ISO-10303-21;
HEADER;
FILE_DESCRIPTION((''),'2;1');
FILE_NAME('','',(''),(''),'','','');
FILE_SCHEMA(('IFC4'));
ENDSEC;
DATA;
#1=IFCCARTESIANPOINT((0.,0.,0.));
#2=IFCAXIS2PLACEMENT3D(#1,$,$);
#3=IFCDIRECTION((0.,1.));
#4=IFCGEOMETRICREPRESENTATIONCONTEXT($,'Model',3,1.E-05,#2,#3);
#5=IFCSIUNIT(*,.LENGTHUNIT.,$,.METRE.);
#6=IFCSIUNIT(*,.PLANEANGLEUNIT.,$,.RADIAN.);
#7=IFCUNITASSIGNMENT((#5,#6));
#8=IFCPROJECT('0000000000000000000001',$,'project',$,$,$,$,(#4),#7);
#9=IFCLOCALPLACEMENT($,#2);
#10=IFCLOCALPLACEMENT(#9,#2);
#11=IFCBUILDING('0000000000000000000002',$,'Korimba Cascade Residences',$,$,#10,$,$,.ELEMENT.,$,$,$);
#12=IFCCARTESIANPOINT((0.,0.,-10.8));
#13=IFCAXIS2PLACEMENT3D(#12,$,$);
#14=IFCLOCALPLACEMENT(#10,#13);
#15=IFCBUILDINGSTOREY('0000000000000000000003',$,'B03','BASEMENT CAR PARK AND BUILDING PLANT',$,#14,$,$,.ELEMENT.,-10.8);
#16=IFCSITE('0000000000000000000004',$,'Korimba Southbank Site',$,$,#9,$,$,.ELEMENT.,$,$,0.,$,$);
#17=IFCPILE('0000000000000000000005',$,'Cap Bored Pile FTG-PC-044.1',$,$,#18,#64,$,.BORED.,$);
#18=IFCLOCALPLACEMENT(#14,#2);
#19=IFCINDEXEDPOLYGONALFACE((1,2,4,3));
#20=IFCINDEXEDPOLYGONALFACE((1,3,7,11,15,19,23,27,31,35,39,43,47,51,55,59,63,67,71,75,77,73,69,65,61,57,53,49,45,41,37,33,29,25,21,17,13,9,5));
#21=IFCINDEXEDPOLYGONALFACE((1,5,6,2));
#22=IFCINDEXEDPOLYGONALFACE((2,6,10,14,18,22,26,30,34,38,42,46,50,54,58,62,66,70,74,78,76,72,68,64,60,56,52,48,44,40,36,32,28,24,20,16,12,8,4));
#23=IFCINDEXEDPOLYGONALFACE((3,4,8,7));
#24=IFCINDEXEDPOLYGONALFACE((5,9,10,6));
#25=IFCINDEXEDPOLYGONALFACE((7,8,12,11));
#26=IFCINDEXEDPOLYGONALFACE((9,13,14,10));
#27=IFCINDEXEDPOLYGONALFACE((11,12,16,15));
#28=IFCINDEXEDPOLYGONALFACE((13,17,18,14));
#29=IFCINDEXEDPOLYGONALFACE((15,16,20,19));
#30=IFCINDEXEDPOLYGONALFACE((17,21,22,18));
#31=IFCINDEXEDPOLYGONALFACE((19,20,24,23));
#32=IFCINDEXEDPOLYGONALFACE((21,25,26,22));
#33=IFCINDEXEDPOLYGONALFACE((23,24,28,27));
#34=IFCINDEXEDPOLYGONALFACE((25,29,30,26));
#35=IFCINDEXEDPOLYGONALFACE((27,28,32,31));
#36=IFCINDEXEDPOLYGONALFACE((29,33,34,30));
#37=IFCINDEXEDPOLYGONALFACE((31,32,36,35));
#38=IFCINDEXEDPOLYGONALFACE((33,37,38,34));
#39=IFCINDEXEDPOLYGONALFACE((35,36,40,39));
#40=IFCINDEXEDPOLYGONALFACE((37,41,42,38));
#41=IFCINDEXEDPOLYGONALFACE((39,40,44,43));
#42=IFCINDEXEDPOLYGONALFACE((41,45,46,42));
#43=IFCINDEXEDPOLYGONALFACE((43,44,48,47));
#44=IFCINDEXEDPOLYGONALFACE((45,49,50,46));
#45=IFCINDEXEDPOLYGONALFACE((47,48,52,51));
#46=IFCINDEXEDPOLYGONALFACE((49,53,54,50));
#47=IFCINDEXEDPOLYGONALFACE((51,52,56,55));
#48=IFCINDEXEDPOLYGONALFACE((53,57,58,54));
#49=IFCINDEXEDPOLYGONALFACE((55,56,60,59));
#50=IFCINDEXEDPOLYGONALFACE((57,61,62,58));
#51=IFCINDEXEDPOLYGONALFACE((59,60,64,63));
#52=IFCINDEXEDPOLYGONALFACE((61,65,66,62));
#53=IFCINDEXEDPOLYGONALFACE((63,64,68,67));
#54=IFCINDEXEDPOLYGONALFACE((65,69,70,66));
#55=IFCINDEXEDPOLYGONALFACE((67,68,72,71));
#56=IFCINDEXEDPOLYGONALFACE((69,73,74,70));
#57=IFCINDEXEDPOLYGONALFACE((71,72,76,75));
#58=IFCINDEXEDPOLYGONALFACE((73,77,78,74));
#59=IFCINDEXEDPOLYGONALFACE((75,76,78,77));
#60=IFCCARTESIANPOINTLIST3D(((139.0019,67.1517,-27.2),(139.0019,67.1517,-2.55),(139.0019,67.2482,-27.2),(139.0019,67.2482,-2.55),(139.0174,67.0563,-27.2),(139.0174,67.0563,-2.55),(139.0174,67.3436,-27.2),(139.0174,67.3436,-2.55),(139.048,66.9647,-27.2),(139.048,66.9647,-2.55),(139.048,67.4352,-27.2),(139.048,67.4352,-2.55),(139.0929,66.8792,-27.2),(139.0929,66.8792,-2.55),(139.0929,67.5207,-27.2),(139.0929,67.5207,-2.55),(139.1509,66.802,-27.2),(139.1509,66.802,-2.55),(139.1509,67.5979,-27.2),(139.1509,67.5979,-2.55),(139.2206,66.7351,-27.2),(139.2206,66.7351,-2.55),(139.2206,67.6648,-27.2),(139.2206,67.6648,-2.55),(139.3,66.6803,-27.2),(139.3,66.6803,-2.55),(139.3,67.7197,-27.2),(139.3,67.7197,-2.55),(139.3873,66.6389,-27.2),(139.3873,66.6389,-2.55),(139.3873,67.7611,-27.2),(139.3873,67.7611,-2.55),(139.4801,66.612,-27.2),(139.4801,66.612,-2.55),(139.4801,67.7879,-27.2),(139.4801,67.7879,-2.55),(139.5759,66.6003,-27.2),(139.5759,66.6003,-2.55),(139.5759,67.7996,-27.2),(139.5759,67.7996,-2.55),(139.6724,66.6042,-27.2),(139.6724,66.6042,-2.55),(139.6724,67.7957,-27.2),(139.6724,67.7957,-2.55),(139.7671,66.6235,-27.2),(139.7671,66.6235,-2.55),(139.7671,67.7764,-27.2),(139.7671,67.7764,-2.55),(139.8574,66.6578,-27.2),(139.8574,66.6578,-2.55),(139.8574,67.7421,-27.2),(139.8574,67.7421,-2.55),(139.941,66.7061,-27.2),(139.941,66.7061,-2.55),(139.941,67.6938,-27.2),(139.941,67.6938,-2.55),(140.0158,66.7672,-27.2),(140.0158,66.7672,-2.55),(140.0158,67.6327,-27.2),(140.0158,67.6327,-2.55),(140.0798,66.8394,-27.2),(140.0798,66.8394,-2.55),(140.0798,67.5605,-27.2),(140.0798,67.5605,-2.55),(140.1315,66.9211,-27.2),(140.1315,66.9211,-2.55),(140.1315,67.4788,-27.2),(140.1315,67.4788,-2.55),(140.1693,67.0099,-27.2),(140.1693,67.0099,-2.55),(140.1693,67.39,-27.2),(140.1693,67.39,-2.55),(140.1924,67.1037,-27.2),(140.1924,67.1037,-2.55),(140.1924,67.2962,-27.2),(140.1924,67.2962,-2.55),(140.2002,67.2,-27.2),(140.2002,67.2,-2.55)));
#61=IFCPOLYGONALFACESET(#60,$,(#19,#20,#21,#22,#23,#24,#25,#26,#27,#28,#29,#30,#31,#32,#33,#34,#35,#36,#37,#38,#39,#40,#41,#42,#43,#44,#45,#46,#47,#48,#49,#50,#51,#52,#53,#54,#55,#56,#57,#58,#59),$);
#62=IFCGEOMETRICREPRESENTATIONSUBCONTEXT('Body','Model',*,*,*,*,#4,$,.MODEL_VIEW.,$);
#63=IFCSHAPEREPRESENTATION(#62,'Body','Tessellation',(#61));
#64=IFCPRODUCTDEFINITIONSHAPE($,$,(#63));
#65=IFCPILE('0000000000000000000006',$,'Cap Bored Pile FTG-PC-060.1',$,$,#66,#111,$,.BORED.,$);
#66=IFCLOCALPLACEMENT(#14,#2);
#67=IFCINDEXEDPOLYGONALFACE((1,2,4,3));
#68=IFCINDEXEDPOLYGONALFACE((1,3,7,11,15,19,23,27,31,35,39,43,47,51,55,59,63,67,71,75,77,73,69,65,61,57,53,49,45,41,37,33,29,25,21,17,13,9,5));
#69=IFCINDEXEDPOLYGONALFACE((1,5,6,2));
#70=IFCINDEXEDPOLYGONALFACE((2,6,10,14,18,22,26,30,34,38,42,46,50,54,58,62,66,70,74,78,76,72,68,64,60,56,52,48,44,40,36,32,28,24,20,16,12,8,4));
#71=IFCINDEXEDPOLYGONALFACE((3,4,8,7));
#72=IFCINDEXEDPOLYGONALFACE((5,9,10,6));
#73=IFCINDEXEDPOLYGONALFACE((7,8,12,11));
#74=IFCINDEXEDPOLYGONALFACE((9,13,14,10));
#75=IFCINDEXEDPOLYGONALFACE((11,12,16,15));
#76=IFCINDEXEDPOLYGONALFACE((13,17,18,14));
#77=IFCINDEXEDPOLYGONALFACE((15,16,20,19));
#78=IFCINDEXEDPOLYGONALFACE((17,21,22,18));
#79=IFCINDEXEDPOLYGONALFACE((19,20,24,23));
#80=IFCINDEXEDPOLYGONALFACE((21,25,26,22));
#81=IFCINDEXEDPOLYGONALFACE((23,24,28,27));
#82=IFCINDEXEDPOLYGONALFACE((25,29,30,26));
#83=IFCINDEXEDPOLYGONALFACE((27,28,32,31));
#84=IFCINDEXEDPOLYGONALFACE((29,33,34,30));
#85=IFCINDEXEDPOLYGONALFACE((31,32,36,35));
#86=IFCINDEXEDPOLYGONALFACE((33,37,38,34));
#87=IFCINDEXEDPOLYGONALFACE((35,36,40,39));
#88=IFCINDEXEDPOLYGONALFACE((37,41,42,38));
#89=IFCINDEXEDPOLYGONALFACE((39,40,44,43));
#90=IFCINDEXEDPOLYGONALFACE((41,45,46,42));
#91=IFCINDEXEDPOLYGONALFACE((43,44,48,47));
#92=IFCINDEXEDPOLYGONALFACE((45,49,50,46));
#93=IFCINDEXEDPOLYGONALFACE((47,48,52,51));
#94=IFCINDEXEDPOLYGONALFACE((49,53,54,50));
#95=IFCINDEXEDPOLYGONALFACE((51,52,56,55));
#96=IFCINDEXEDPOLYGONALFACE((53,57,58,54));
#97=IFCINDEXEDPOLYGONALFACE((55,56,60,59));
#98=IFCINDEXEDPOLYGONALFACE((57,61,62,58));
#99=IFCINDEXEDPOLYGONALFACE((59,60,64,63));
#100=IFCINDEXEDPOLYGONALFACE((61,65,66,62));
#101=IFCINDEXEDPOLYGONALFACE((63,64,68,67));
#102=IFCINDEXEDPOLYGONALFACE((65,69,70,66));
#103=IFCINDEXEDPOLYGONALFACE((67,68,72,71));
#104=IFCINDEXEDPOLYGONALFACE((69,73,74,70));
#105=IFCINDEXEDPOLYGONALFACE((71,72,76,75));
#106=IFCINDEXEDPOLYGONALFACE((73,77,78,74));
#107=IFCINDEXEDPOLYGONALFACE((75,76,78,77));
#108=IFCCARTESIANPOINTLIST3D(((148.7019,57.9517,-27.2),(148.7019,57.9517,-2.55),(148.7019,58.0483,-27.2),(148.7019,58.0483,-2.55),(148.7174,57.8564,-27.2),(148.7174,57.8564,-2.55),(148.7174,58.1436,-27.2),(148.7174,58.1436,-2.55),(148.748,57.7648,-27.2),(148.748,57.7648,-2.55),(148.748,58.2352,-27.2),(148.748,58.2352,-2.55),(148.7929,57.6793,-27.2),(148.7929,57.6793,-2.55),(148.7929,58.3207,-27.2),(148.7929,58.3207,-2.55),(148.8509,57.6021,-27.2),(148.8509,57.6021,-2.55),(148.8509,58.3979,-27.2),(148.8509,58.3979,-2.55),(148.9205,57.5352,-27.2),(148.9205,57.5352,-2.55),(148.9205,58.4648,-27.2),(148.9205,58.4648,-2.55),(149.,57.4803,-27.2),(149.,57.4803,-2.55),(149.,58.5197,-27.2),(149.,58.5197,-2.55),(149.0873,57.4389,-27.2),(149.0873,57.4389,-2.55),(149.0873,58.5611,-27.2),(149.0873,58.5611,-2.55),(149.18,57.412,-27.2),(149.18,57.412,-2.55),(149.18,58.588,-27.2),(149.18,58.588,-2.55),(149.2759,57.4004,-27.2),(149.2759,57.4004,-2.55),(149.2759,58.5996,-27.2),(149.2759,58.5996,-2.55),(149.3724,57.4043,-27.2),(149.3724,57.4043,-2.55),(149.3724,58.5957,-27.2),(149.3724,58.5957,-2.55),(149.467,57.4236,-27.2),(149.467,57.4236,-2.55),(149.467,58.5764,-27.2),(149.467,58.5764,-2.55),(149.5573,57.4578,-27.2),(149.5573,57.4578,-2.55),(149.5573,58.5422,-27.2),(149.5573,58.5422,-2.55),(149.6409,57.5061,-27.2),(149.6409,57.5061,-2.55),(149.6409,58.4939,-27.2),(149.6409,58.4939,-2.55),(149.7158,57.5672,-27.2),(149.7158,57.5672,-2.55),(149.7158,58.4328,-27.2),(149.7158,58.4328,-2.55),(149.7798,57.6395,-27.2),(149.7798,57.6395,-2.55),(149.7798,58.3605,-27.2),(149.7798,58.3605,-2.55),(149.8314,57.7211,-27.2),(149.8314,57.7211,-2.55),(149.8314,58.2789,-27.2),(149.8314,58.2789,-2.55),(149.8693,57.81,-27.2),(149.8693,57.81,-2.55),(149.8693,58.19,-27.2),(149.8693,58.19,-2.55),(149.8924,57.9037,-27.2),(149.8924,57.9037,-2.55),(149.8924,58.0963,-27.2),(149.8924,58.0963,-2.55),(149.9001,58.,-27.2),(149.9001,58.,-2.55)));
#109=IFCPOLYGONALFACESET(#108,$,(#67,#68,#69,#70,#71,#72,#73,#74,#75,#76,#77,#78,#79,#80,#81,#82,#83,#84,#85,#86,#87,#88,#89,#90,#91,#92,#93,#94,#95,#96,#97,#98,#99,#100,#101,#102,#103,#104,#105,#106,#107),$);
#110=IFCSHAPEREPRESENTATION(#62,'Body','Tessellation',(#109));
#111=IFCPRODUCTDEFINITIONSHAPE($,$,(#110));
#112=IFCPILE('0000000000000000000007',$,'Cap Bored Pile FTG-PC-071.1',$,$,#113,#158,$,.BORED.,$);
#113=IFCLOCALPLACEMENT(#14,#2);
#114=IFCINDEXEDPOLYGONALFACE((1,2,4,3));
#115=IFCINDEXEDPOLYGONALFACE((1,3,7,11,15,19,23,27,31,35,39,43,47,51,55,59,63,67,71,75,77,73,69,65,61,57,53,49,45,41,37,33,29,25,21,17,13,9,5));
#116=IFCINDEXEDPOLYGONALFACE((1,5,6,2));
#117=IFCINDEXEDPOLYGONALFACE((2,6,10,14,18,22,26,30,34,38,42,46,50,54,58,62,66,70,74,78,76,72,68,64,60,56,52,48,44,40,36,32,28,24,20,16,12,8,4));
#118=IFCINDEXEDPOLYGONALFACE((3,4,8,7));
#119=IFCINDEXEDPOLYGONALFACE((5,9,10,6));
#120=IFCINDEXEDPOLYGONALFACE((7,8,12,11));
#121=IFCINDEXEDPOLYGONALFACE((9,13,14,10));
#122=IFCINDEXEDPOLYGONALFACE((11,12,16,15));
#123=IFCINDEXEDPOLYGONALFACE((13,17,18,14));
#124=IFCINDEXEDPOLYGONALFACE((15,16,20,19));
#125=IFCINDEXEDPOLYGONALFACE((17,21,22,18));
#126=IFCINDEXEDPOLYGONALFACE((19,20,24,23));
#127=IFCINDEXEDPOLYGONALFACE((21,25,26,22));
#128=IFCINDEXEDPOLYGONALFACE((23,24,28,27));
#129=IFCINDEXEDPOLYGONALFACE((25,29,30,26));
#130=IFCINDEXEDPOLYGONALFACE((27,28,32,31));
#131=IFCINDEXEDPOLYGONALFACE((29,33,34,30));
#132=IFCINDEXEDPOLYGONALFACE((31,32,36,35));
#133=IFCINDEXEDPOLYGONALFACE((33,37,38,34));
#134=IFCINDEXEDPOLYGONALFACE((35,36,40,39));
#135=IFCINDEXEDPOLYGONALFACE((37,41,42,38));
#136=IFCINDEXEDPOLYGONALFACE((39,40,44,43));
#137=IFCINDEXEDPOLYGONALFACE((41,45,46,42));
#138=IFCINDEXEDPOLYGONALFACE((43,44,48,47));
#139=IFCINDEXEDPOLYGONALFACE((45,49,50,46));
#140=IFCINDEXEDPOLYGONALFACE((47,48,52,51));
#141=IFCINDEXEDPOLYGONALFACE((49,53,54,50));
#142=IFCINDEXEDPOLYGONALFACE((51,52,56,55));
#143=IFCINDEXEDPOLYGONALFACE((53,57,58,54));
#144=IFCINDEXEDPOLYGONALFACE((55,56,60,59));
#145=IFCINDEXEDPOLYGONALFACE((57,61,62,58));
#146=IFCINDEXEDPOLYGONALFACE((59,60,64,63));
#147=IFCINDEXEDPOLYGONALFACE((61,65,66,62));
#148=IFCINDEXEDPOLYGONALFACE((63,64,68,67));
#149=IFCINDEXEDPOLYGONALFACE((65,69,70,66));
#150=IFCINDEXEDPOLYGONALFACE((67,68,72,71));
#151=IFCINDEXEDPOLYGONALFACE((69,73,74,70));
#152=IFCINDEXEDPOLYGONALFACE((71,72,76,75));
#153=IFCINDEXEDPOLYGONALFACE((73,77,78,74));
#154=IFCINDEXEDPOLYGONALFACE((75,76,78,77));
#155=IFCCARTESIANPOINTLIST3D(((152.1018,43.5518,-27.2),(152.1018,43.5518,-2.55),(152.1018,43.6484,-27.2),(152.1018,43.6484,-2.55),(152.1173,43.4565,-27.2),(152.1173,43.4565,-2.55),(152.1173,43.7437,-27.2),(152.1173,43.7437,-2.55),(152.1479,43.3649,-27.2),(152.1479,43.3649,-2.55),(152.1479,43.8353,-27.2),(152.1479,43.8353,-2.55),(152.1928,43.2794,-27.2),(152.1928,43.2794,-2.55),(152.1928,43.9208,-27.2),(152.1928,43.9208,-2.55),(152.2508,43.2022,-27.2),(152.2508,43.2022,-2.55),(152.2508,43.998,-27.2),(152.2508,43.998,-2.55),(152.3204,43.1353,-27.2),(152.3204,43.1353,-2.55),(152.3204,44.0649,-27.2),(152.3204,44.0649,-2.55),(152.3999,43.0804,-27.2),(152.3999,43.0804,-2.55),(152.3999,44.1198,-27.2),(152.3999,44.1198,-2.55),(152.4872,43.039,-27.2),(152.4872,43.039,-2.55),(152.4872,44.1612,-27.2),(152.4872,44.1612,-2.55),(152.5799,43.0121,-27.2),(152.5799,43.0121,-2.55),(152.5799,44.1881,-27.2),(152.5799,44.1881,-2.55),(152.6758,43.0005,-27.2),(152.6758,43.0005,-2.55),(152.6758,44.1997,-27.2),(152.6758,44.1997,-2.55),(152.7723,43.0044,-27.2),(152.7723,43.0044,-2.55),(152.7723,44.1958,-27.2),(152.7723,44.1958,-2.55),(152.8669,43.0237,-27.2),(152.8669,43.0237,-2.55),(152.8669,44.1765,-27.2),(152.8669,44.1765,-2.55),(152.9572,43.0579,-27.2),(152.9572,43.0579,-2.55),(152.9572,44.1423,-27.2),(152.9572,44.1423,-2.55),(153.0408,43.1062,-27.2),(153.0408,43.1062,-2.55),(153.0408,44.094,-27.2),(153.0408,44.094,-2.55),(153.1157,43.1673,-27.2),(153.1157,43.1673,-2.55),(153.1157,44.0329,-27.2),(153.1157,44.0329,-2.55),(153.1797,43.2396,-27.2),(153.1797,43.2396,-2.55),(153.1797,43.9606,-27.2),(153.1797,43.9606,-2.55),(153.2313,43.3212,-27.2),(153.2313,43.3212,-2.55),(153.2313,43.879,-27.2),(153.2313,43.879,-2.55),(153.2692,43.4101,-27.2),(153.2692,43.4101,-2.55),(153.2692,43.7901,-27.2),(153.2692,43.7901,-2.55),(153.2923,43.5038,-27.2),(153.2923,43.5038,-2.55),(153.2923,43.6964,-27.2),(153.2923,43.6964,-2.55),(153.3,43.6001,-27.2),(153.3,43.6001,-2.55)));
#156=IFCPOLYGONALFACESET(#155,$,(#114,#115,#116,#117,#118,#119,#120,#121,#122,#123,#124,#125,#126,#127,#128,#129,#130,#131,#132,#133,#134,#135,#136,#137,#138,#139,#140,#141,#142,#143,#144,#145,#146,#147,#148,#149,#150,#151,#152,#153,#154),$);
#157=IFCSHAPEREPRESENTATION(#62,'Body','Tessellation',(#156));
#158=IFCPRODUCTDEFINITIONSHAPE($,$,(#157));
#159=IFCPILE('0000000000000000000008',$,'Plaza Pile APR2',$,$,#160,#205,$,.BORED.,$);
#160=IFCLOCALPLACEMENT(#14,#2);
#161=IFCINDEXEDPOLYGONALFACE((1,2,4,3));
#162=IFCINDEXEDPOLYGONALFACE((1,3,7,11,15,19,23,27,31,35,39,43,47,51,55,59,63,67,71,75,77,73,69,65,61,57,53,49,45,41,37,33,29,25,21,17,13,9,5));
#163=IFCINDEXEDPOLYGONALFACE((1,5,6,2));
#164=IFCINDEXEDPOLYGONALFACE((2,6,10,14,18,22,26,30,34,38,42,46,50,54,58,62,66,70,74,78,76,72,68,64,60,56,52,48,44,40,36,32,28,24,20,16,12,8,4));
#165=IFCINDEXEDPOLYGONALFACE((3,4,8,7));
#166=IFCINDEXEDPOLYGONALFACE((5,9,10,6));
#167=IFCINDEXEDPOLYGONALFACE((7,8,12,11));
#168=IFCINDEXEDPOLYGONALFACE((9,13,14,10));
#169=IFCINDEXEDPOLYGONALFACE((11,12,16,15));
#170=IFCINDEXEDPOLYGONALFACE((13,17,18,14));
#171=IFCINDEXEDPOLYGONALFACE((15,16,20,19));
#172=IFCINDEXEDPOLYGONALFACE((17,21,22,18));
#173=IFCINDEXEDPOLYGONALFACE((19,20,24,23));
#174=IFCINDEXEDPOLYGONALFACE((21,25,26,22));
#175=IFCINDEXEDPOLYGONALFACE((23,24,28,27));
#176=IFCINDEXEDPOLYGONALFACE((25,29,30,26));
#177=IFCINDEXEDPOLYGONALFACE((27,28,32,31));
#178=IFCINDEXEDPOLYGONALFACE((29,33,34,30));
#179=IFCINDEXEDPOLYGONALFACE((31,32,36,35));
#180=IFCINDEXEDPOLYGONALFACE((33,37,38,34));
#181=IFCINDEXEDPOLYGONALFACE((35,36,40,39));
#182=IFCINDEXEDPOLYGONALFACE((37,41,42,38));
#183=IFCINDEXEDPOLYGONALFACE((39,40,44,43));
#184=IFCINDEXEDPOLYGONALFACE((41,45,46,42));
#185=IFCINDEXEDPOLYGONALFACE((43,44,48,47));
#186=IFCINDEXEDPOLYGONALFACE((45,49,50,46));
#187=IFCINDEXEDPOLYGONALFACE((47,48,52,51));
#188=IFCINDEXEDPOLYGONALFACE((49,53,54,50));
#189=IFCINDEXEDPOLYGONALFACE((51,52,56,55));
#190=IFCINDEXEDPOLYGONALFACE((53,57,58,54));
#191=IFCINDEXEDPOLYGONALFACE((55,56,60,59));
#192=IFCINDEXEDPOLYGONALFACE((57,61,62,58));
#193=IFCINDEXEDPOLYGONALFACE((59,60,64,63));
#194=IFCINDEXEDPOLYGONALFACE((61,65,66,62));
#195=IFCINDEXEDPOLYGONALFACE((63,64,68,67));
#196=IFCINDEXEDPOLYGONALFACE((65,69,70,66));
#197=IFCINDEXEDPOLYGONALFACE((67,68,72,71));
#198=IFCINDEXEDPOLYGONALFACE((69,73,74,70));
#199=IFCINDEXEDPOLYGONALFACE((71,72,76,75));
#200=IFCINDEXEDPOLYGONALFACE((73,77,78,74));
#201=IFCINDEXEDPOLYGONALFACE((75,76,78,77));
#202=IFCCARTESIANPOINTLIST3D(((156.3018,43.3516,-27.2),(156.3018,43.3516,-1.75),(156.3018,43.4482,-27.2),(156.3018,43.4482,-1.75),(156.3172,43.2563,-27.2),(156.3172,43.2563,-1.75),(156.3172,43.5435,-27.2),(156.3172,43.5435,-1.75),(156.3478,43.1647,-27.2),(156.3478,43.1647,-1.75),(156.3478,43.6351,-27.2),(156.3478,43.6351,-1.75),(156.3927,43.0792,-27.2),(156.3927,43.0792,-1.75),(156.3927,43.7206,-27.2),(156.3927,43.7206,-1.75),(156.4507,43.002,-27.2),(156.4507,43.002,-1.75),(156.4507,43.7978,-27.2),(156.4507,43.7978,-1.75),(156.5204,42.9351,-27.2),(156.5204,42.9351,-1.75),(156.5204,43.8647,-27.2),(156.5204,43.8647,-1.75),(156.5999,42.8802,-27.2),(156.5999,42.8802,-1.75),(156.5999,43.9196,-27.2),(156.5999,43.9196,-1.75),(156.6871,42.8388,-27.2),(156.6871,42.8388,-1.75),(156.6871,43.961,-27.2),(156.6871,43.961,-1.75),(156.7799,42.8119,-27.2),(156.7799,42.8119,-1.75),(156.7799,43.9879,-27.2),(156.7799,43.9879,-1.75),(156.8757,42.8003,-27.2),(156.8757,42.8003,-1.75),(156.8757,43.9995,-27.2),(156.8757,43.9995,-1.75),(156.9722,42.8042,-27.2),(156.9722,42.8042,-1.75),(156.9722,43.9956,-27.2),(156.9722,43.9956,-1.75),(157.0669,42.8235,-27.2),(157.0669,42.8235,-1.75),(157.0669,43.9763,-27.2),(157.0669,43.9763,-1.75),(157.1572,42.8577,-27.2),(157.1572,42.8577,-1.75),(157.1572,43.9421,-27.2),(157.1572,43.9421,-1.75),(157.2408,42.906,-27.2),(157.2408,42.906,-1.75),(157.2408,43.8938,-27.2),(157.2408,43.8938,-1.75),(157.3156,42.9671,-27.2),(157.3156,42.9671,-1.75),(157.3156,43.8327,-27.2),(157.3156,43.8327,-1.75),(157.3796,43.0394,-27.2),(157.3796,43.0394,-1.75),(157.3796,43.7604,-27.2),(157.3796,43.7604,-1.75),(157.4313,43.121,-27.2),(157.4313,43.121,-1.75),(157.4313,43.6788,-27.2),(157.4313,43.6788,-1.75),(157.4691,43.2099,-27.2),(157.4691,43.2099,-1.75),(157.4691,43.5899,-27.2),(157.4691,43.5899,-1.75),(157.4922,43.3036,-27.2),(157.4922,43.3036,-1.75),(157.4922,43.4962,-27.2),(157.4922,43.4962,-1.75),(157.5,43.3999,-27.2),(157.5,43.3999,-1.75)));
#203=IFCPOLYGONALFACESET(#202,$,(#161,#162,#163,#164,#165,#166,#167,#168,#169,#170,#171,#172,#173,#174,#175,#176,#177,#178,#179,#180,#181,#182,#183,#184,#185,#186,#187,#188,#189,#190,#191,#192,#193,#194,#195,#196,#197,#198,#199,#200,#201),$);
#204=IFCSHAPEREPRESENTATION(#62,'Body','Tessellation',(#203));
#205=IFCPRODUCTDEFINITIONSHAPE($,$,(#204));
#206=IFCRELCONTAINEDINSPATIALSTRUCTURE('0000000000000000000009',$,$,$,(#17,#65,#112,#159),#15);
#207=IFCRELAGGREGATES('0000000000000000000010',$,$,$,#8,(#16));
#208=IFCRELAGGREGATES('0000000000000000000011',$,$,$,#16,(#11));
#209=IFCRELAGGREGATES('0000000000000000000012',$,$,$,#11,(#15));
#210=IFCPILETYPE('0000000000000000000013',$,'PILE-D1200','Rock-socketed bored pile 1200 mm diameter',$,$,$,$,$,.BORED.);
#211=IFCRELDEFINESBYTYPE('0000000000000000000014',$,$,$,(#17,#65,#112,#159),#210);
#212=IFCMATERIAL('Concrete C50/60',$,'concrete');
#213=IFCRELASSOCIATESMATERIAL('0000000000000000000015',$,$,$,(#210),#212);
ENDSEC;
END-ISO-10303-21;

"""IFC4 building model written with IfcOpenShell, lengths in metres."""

from ifc_helpers import new_model, si_unit, direction, frame, origin, origin_2d, place, context, subcontext, project, spatial, circle, extrude, material, material_profile, profile_set, type_object, element, save


model = new_model("IFC4")

# Units and contexts
model_context = context("Model", 3, precision=1e-05, world=origin(), true_north=direction((0.0, 1.0)))
body_context = subcontext(model_context, "Body", "Model", "MODEL_VIEW")
ifc_project = project(units=[si_unit("LENGTHUNIT", "METRE"), si_unit("PLANEANGLEUNIT", "RADIAN")], contexts=[model_context])

# Site, building, storey
site_placement = place(None, origin())
site = spatial("IfcSite", under=ifc_project, at=site_placement, Name="Korimba Southbank Site", CompositionType="ELEMENT", RefElevation=0.0)
building_placement = place(site_placement, origin())
building = spatial("IfcBuilding", under=site, at=building_placement, Name="Korimba Cascade Residences", CompositionType="ELEMENT")
storey_placement = place(building_placement, frame((0.0, 0.0, -10.8)))
storey = spatial("IfcBuildingStorey", under=building, at=storey_placement, Name="B03", Description="BASEMENT CAR PARK AND BUILDING PLANT", CompositionType="ELEMENT", Elevation=-10.8)

# Piles
ifc_material_1 = material(Name="Concrete C50/60", Category="concrete")
ifc_material_profile_1 = material_profile(ifc_material_1, circle(Radius=0.6001, at=origin_2d()), Name="Concrete C50/60")
ifc_profile_set_1 = profile_set([ifc_material_profile_1], Name="Concrete C50/60")
pile_type = type_object("IfcPileType", Name="PILE-D1200", Description="Rock-socketed bored pile 1200 mm diameter", PredefinedType="BORED", material=ifc_profile_set_1)
for number, where, z_axis, x_axis, name in (
    (1, (139.6001, 67.2, -2.55), (0.0, 0.0, -1.0), (1.0, 0.0, 0.0), "Cap Bored Pile FTG-PC-044.1"),
    (2, (149.3, 58.0, -2.55), (0.0, 0.0, -1.0), (1.0, 0.0, 0.0), "Cap Bored Pile FTG-PC-060.1"),
    (3, (152.7, 43.6001, -2.55), (0.0, 0.0, -1.0), (1.0, 0.0, 0.0), "Cap Bored Pile FTG-PC-071.1"),
):
    element("IfcPile", number, at=place(storey_placement, frame(where, z_axis=z_axis, x_axis=x_axis)), inside=storey, type_object=pile_type, Name=name, PredefinedType="BORED", context=body_context, shape_type="SweptSolid", body=[
        extrude(circle(Radius=0.6001, at=origin_2d()), origin(), (0.0, 0.0, 1.0), 24.6499),
    ])
for number, where, z_axis, x_axis, name in (
    (4, (156.8999, 43.3999, -1.75), (0.0, 0.0, -1.0), (1.0, 0.0, 0.0), "Plaza Pile APR2"),
):
    element("IfcPile", number, at=place(storey_placement, frame(where, z_axis=z_axis, x_axis=x_axis)), inside=storey, type_object=pile_type, Name=name, PredefinedType="BORED", context=body_context, shape_type="SweptSolid", body=[
        extrude(circle(Radius=0.6001, at=origin_2d()), origin(), (0.0, 0.0, 1.0), 25.45),
    ])

save(model, "model.ifc")
